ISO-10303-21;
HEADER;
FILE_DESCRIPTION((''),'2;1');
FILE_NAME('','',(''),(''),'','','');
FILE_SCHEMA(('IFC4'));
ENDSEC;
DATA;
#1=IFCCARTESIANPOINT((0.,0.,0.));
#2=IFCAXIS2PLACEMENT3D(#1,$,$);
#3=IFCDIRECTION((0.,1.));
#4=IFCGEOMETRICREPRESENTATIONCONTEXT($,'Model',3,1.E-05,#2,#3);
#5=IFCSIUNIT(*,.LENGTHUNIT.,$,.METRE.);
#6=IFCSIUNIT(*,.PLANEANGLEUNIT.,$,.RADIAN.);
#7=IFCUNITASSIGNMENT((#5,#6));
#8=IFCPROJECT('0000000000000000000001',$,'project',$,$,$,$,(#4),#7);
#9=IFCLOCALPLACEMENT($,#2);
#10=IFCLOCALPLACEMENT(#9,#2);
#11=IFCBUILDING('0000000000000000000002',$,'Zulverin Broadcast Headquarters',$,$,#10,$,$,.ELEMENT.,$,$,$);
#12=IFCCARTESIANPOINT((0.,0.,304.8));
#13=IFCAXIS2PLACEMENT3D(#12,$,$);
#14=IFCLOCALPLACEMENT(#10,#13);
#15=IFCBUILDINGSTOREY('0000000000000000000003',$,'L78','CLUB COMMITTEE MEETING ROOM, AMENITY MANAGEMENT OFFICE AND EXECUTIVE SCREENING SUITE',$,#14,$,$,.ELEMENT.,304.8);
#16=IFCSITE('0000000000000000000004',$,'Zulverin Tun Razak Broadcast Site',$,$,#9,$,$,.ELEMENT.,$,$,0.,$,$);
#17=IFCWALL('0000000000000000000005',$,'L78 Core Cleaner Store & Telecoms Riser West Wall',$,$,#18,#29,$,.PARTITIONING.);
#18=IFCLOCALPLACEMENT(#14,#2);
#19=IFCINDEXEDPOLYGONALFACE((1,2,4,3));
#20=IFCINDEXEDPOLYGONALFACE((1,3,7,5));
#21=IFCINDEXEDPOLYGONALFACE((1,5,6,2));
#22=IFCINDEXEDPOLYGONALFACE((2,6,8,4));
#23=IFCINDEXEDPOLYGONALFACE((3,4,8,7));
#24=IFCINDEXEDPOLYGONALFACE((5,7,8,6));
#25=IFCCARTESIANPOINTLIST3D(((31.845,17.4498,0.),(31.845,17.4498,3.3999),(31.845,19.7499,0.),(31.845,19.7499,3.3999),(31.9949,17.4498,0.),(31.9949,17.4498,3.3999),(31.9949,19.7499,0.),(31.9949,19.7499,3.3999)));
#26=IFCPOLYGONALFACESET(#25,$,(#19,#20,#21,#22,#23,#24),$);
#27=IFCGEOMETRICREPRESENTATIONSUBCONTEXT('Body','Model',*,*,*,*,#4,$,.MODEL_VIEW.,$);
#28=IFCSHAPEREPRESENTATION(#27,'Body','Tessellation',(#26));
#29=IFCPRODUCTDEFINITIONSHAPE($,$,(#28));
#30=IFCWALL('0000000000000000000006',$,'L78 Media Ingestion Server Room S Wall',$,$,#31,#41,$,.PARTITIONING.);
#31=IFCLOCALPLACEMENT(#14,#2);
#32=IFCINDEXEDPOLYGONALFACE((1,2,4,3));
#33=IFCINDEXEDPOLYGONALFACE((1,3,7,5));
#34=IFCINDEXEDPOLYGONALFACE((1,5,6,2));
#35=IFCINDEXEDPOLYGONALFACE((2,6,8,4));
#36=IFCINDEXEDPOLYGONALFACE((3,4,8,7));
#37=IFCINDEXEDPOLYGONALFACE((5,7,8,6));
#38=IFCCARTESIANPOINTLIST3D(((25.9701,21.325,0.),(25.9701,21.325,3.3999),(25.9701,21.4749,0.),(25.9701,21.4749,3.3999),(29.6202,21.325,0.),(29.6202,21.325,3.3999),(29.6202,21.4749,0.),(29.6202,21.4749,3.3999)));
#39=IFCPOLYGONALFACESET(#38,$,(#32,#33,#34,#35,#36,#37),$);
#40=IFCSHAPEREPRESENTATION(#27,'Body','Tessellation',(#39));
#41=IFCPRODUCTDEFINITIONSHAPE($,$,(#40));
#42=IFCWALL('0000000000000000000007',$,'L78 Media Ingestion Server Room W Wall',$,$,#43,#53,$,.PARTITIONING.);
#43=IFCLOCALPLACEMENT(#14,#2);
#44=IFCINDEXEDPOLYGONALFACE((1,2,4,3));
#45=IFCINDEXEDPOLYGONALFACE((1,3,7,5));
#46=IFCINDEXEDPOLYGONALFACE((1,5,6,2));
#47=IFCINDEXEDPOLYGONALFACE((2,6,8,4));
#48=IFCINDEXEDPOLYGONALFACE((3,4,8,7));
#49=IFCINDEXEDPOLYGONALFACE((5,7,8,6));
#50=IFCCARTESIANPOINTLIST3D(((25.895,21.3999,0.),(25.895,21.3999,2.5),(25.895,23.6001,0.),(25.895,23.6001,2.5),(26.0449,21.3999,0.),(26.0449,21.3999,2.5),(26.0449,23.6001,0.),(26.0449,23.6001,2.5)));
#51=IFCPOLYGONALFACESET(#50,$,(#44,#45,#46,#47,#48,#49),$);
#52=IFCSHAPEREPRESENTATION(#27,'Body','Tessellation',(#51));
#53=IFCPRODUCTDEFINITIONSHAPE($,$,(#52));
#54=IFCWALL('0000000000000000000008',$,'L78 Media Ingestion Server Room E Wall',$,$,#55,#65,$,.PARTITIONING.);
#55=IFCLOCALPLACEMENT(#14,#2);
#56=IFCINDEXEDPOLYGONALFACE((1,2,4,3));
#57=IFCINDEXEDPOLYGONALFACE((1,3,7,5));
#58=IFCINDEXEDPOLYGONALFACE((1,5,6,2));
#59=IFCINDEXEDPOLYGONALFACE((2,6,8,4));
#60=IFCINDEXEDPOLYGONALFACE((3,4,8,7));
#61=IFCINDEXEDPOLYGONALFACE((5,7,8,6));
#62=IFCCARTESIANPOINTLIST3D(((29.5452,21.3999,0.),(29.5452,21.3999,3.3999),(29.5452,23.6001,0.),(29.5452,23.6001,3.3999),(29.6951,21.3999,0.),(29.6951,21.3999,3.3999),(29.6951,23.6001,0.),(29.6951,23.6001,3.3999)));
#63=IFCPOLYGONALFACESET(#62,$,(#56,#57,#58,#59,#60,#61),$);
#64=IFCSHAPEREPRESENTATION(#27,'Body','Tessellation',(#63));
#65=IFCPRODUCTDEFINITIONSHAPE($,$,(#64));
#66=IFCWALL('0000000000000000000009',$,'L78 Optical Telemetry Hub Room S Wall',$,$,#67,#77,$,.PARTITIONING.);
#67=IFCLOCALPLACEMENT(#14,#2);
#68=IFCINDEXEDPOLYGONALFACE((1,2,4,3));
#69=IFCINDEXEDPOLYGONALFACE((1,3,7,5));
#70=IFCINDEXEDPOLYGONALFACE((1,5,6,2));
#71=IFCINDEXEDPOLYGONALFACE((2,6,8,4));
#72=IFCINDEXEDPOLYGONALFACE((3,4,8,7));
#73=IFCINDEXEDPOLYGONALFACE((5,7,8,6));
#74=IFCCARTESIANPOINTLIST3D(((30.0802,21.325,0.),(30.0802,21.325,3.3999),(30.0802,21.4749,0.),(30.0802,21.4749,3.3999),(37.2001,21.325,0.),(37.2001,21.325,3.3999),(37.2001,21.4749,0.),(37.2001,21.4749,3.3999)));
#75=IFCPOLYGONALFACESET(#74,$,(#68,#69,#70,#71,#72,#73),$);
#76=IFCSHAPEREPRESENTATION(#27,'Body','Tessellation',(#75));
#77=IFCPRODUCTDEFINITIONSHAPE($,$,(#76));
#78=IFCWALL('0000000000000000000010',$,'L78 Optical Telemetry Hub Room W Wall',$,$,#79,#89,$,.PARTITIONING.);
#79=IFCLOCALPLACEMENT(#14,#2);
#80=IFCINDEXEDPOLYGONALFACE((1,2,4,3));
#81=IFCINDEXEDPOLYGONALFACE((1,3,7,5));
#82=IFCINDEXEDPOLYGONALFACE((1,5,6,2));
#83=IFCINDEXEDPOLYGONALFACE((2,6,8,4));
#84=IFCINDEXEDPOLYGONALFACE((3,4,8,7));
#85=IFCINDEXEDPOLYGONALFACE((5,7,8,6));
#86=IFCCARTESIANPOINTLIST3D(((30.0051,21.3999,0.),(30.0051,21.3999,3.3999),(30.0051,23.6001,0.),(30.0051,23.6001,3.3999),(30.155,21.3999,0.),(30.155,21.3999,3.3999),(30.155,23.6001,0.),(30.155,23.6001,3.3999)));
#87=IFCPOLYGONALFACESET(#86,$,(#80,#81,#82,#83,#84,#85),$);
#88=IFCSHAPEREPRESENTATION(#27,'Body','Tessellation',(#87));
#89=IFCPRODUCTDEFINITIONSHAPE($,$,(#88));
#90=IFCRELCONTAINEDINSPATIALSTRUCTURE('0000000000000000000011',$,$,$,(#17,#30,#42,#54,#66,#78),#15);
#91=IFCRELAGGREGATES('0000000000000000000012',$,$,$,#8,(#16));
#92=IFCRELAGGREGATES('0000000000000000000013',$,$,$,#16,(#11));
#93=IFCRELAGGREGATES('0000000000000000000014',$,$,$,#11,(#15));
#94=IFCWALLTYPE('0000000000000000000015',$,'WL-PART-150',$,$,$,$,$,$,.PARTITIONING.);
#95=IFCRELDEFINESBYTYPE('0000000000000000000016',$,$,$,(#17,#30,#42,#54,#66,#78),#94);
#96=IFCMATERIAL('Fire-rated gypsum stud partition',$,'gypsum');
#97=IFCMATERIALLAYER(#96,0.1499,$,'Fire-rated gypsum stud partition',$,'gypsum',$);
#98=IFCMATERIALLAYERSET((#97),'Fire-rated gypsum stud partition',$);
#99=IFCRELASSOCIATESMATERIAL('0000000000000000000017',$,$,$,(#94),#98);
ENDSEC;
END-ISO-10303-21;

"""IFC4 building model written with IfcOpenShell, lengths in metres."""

from ifc_helpers import new_model, si_unit, direction, frame, frame_2d, origin, place, context, subcontext, project, spatial, rectangle, extrude, material, layer, layer_set, type_object, element, save


model = new_model("IFC4")

# Units and contexts
model_context = context("Model", 3, precision=1e-05, world=origin(), true_north=direction((0.0, 1.0)))
body_context = subcontext(model_context, "Body", "Model", "MODEL_VIEW")
ifc_project = project(units=[si_unit("LENGTHUNIT", "METRE"), si_unit("PLANEANGLEUNIT", "RADIAN")], contexts=[model_context])

# Site, building, storey
site_placement = place(None, origin())
site = spatial("IfcSite", under=ifc_project, at=site_placement, Name="Zulverin Tun Razak Broadcast Site", CompositionType="ELEMENT", RefElevation=0.0)
building_placement = place(site_placement, origin())
building = spatial("IfcBuilding", under=site, at=building_placement, Name="Zulverin Broadcast Headquarters", CompositionType="ELEMENT")
storey_placement = place(building_placement, frame((0.0, 0.0, 304.8)))
storey = spatial("IfcBuildingStorey", under=building, at=storey_placement, Name="L78", Description="CLUB COMMITTEE MEETING ROOM, AMENITY MANAGEMENT OFFICE AND EXECUTIVE SCREENING SUITE", CompositionType="ELEMENT", Elevation=304.8)

# Shared definitions
ifc_material_1 = material(Name="Fire-rated gypsum stud partition", Category="gypsum")
ifc_layer_1 = layer(ifc_material_1, 0.1499, Name="Fire-rated gypsum stud partition", Category="gypsum")
ifc_layer_set_1 = layer_set([ifc_layer_1], Name="Fire-rated gypsum stud partition")
wall_type_1 = type_object("IfcWallType", Name="WL-PART-150", PredefinedType="PARTITIONING", material=ifc_layer_set_1)

# Walls
wall_1_placement = place(storey_placement, frame((31.9199, 17.45, 0.0), z_axis=(0.0, 0.0, 1.0), x_axis=(0.0, 1.0, 0.0)))
element("IfcWall", 1, at=wall_1_placement, inside=storey, type_object=wall_type_1, Name="L78 Core Cleaner Store & Telecoms Riser West Wall", PredefinedType="PARTITIONING", context=body_context, shape_type="SweptSolid", body=[
    extrude(rectangle(XDim=2.3, YDim=0.1499, at=frame_2d((1.1499, 0.0))), origin(), (0.0, 0.0, 1.0), 3.3999),
])
wall_2_placement = place(storey_placement, frame((25.97, 21.3999, 0.0), z_axis=(0.0, 0.0, 1.0), x_axis=(1.0, 0.0, 0.0)))
element("IfcWall", 2, at=wall_2_placement, inside=storey, type_object=wall_type_1, Name="L78 Media Ingestion Server Room S Wall", PredefinedType="PARTITIONING", context=body_context, shape_type="SweptSolid", body=[
    extrude(rectangle(XDim=3.6501, YDim=0.1499, at=frame_2d((1.8252, 0.0))), origin(), (0.0, 0.0, 1.0), 3.3999),
])
wall_3_placement = place(storey_placement, frame((25.97, 21.3999, 0.0), z_axis=(0.0, 0.0, 1.0), x_axis=(0.0, 1.0, 0.0)))
element("IfcWall", 3, at=wall_3_placement, inside=storey, type_object=wall_type_1, Name="L78 Media Ingestion Server Room W Wall", PredefinedType="PARTITIONING", context=body_context, shape_type="SweptSolid", body=[
    extrude(rectangle(XDim=2.2002, YDim=0.1499, at=frame_2d((1.1001, 0.0))), origin(), (0.0, 0.0, 1.0), 2.5),
])
wall_4_placement = place(storey_placement, frame((29.6201, 21.3999, 0.0), z_axis=(0.0, 0.0, 1.0), x_axis=(0.0, 1.0, 0.0)))
element("IfcWall", 4, at=wall_4_placement, inside=storey, type_object=wall_type_1, Name="L78 Media Ingestion Server Room E Wall", PredefinedType="PARTITIONING", context=body_context, shape_type="SweptSolid", body=[
    extrude(rectangle(XDim=2.2002, YDim=0.1499, at=frame_2d((1.1001, 0.0))), origin(), (0.0, 0.0, 1.0), 3.3999),
])
wall_5_placement = place(storey_placement, frame((30.0801, 21.3999, 0.0), z_axis=(0.0, 0.0, 1.0), x_axis=(1.0, 0.0, 0.0)))
element("IfcWall", 5, at=wall_5_placement, inside=storey, type_object=wall_type_1, Name="L78 Optical Telemetry Hub Room S Wall", PredefinedType="PARTITIONING", context=body_context, shape_type="SweptSolid", body=[
    extrude(rectangle(XDim=7.1199, YDim=0.1499, at=frame_2d((3.5601, 0.0))), origin(), (0.0, 0.0, 1.0), 3.3999),
])
wall_6_placement = place(storey_placement, frame((30.0801, 21.3999, 0.0), z_axis=(0.0, 0.0, 1.0), x_axis=(0.0, 1.0, 0.0)))
element("IfcWall", 6, at=wall_6_placement, inside=storey, type_object=wall_type_1, Name="L78 Optical Telemetry Hub Room W Wall", PredefinedType="PARTITIONING", context=body_context, shape_type="SweptSolid", body=[
    extrude(rectangle(XDim=2.2002, YDim=0.1499, at=frame_2d((1.1001, 0.0))), origin(), (0.0, 0.0, 1.0), 3.3999),
])

save(model, "model.ifc")
